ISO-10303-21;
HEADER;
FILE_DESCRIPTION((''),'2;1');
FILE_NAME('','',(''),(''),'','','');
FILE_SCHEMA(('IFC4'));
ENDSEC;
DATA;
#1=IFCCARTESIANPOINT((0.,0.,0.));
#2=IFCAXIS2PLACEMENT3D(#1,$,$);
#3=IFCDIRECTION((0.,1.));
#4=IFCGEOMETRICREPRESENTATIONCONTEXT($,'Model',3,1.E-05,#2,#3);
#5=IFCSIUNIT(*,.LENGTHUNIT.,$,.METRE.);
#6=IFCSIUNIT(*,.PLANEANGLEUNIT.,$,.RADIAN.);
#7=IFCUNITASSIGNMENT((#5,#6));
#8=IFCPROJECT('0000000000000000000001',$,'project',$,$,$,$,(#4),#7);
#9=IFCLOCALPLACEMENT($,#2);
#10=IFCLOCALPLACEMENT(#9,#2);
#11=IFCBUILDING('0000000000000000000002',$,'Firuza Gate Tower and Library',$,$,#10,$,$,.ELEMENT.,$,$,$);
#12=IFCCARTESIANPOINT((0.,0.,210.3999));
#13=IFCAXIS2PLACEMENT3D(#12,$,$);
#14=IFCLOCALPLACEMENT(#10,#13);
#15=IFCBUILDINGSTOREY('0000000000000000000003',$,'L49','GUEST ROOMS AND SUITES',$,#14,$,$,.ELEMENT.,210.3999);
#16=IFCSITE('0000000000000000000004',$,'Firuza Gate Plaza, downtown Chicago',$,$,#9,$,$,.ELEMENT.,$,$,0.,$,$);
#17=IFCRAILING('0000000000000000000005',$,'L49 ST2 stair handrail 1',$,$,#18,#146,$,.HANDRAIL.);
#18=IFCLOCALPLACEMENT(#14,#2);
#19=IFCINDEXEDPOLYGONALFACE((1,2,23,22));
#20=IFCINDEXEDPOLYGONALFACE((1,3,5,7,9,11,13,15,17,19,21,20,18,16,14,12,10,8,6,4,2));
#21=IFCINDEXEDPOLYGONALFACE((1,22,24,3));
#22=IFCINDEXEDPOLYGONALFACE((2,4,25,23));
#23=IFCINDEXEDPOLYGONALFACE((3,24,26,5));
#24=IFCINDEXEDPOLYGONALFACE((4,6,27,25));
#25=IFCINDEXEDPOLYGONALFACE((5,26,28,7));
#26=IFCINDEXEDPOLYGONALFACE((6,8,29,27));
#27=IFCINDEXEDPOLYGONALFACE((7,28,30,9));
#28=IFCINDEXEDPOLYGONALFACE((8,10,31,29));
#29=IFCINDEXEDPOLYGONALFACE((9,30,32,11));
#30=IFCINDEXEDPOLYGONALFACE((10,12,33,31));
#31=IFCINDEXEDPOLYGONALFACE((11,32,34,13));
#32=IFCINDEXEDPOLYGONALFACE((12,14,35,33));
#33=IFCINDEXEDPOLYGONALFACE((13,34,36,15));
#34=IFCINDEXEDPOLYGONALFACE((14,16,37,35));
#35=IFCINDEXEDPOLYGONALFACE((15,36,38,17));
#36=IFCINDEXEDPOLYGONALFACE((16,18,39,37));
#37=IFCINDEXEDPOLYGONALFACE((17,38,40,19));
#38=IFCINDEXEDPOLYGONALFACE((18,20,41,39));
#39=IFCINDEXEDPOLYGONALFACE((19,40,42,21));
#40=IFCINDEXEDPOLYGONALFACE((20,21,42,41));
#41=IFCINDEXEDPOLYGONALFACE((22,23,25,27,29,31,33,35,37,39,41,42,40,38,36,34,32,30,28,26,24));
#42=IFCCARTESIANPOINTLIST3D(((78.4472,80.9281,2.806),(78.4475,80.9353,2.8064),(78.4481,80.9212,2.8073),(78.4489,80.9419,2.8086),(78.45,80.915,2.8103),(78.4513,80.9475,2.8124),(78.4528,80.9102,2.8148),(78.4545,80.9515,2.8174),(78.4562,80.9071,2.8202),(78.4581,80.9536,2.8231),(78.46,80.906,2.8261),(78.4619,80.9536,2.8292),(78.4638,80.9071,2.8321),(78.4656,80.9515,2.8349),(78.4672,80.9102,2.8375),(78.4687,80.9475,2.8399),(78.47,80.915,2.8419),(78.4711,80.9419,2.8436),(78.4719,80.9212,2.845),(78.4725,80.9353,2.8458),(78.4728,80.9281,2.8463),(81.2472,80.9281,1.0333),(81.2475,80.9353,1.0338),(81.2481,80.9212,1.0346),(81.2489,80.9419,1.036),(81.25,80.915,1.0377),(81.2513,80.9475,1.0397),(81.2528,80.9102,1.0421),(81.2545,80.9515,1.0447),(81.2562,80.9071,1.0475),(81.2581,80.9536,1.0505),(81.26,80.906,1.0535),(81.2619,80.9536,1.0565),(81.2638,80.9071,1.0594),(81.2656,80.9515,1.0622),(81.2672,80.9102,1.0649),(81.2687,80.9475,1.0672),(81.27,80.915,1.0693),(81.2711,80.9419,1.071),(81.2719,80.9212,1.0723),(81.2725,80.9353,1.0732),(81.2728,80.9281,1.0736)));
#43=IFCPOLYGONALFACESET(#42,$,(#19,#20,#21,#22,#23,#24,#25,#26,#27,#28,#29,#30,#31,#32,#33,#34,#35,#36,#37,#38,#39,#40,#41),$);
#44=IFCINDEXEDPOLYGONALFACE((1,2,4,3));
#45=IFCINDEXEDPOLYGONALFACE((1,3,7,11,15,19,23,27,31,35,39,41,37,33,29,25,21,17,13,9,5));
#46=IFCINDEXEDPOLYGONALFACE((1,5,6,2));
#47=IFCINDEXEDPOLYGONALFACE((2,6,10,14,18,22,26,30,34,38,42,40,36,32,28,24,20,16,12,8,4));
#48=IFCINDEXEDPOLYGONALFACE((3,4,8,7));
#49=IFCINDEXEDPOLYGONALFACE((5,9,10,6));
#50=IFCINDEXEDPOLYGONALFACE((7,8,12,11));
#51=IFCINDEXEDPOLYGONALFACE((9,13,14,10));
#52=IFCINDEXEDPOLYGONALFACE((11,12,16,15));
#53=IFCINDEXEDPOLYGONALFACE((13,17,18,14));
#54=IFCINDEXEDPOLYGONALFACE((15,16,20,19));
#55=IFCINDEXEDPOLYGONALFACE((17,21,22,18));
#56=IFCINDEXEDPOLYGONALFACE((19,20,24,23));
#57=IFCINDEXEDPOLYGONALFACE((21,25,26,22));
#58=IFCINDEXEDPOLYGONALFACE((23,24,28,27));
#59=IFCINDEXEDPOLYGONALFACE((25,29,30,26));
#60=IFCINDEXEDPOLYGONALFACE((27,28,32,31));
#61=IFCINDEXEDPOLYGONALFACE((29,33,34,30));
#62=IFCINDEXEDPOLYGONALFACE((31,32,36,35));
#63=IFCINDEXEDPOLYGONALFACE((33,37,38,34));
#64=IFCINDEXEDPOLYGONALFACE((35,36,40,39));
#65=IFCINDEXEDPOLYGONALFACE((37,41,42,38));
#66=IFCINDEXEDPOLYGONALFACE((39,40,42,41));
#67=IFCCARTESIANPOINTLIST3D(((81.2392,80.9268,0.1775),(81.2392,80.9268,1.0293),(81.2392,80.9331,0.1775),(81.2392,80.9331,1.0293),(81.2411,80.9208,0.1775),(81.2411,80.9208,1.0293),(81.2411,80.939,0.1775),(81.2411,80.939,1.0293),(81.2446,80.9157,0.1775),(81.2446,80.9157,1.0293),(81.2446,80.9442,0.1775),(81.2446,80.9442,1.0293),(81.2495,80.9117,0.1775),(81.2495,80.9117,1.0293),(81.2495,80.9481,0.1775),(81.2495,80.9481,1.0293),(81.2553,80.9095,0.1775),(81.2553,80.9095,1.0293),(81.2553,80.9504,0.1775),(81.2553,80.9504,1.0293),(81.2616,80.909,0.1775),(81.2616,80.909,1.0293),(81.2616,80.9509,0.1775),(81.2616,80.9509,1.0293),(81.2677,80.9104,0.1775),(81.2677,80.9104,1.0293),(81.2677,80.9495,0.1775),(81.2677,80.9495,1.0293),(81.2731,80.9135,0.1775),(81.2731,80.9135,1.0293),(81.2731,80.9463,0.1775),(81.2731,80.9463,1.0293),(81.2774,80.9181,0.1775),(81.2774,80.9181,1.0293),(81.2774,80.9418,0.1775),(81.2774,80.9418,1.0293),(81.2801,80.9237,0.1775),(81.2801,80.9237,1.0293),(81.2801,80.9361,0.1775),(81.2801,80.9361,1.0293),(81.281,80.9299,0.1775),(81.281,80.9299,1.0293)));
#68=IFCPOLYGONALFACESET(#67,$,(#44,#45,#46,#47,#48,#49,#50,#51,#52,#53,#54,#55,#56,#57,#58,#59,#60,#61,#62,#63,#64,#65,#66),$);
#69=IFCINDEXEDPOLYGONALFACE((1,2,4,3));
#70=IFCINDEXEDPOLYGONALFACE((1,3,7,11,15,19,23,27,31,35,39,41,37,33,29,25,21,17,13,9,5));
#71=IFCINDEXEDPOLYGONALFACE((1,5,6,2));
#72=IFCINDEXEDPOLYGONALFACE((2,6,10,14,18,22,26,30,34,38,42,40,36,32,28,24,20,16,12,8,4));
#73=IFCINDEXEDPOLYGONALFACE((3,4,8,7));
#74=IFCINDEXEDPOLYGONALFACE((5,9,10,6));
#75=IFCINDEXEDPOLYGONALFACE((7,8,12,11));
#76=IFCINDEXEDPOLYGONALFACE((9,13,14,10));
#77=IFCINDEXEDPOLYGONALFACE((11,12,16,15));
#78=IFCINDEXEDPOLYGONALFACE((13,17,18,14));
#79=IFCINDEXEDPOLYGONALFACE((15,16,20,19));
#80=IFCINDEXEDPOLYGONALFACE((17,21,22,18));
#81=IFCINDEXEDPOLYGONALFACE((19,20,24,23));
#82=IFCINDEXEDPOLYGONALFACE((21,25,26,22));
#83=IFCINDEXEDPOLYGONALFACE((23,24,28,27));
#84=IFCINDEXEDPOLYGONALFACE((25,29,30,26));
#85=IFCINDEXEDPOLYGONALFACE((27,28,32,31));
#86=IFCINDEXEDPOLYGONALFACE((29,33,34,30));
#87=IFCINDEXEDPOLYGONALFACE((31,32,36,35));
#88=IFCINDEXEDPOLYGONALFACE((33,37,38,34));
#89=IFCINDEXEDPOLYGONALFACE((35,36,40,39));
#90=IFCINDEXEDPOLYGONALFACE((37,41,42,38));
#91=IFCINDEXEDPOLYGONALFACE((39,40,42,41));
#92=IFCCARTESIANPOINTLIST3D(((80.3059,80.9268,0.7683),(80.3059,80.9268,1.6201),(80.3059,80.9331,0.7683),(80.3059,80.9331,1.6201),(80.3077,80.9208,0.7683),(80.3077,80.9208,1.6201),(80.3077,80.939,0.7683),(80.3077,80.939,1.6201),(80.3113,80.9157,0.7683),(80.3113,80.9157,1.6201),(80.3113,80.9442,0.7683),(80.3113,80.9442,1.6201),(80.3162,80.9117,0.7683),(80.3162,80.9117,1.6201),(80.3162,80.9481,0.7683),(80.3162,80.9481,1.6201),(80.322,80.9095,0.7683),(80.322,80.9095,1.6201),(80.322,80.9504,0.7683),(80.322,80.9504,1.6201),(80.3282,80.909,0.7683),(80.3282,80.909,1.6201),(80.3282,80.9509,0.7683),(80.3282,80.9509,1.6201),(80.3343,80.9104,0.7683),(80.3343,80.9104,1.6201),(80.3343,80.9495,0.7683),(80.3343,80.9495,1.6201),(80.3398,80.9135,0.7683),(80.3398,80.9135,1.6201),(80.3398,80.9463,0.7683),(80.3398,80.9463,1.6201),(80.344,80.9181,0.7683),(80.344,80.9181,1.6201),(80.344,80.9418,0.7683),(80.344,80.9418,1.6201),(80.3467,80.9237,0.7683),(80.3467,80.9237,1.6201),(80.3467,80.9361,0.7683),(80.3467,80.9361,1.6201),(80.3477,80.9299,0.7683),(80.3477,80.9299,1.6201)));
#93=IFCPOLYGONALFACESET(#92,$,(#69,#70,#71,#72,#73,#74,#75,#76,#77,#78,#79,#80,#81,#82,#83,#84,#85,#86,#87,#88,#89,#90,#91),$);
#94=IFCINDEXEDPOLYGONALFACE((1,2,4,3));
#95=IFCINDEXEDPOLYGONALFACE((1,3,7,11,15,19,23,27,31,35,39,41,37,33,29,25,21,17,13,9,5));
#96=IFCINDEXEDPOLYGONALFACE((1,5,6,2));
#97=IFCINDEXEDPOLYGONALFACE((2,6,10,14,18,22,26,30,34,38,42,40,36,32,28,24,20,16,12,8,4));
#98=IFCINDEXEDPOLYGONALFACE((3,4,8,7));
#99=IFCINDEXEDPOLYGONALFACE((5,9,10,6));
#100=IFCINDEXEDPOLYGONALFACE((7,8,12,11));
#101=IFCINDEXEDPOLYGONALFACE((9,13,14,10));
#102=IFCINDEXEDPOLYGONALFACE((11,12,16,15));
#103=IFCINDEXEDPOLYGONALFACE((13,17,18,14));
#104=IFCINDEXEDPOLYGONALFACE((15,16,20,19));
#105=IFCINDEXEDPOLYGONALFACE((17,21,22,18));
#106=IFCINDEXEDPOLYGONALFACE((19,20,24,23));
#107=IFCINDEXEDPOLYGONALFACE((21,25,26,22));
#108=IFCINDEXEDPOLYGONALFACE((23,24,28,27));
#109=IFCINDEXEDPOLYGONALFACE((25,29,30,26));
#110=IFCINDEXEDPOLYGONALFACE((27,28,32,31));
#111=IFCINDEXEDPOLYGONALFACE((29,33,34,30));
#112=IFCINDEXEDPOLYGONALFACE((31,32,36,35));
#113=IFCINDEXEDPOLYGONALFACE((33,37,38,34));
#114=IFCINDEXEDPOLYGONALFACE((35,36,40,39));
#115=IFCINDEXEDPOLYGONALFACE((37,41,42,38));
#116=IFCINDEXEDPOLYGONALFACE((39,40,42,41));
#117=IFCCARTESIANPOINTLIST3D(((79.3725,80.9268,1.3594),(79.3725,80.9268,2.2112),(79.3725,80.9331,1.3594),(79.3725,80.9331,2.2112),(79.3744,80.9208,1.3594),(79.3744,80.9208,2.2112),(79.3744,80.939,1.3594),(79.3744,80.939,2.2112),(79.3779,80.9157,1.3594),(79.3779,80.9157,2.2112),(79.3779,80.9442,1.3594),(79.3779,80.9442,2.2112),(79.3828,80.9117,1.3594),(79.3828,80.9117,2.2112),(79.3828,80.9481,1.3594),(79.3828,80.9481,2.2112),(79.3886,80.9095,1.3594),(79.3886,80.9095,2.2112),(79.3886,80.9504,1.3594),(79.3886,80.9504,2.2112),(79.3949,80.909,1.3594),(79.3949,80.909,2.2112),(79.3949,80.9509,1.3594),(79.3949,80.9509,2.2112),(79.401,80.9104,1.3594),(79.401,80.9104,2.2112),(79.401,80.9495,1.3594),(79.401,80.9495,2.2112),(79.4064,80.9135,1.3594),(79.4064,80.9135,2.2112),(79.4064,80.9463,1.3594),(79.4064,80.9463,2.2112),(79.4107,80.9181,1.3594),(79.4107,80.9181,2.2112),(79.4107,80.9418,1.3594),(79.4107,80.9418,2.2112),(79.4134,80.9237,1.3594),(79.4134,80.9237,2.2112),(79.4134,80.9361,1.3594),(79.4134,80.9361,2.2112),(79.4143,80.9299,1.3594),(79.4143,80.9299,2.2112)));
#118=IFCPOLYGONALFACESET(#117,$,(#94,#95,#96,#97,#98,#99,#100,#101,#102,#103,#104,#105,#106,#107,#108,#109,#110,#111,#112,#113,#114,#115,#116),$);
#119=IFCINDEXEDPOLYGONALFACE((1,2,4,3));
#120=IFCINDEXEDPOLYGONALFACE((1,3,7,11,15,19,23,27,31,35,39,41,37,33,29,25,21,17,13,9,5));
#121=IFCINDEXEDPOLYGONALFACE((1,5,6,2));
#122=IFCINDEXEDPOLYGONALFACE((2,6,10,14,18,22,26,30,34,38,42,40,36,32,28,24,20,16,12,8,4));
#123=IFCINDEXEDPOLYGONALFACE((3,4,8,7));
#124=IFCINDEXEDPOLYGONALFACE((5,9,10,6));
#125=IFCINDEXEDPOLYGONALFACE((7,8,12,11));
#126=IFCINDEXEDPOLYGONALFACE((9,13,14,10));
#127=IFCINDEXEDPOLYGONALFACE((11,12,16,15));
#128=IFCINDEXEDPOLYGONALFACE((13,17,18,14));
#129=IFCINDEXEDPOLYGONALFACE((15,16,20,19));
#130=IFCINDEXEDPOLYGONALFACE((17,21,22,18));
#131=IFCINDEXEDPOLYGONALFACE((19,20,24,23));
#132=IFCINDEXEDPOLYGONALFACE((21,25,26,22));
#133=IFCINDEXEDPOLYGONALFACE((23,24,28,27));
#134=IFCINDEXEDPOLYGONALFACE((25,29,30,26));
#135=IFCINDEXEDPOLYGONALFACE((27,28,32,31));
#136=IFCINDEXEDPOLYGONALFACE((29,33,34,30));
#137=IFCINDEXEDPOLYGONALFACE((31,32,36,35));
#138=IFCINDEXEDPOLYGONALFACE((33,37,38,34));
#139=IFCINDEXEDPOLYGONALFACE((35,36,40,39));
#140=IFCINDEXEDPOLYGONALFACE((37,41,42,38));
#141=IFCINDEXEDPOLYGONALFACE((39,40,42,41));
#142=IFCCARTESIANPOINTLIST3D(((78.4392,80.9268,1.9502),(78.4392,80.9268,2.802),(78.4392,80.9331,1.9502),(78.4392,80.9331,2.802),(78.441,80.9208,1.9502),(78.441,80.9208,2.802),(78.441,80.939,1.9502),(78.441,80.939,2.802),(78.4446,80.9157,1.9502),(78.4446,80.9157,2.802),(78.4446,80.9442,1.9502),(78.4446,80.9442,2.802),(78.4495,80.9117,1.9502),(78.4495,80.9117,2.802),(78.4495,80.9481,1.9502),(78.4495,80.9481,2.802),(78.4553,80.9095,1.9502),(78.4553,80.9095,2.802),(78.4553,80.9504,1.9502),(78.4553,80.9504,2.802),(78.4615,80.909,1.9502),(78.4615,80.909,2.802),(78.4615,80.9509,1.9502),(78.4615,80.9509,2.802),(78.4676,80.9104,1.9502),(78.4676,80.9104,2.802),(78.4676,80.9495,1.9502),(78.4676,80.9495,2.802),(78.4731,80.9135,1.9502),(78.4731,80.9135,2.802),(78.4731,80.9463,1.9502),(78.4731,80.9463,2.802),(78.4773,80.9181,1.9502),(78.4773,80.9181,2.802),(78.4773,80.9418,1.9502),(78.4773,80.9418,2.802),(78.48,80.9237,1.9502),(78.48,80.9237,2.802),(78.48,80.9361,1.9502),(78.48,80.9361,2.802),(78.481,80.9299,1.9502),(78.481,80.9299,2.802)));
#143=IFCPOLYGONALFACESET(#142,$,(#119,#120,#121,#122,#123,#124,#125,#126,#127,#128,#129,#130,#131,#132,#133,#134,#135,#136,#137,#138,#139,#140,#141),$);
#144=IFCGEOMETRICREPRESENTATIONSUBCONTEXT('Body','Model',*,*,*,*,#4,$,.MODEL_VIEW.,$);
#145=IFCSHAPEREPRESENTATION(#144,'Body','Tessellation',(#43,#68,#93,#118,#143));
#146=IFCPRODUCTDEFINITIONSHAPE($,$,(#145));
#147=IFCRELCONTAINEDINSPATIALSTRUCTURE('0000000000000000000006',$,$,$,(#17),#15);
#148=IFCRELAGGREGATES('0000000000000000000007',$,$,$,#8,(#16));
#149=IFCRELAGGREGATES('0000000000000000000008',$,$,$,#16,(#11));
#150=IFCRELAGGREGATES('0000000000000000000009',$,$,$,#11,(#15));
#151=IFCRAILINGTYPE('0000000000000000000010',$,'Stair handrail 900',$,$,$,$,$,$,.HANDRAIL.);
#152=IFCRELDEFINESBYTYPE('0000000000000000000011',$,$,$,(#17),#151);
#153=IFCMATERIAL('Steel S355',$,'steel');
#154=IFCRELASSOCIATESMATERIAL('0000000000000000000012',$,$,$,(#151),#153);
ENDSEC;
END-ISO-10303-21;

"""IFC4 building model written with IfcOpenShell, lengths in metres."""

from ifc_helpers import new_model, si_unit, direction, frame, origin, origin_2d, place, context, subcontext, project, spatial, circle, extrude, material, type_object, element, save


model = new_model("IFC4")

# Units and contexts
model_context = context("Model", 3, precision=1e-05, world=origin(), true_north=direction((0.0, 1.0)))
body_context = subcontext(model_context, "Body", "Model", "MODEL_VIEW")
ifc_project = project(units=[si_unit("LENGTHUNIT", "METRE"), si_unit("PLANEANGLEUNIT", "RADIAN")], contexts=[model_context])

# Site, building, storey
site_placement = place(None, origin())
site = spatial("IfcSite", under=ifc_project, at=site_placement, Name="Firuza Gate Plaza, downtown Chicago", CompositionType="ELEMENT", RefElevation=0.0)
building_placement = place(site_placement, origin())
building = spatial("IfcBuilding", under=site, at=building_placement, Name="Firuza Gate Tower and Library", CompositionType="ELEMENT")
storey_placement = place(building_placement, frame((0.0, 0.0, 210.3999)))
storey = spatial("IfcBuildingStorey", under=building, at=storey_placement, Name="L49", Description="GUEST ROOMS AND SUITES", CompositionType="ELEMENT", Elevation=210.3999)

# Railing
ifc_material_1 = material(Name="Steel S355", Category="steel")
railing_type_1 = type_object("IfcRailingType", Name="Stair handrail 900", PredefinedType="HANDRAIL", material=ifc_material_1)
railing_1_placement = place(storey_placement, frame((81.26, 80.9299, 0.1775)))
element("IfcRailing", 1, at=railing_1_placement, inside=storey, type_object=railing_type_1, Name="L49 ST2 stair handrail 1", PredefinedType="HANDRAIL", context=body_context, shape_type="SweptSolid", body=[
    extrude(circle(Radius=0.0239, at=origin_2d()), frame((0.0, 0.0, 0.876), z_axis=(-0.844909, 0.0, 0.53491), x_axis=(0.0, -1.0, 0.0)), (0.0, 0.0, 1.0), 3.314),
    extrude(circle(Radius=0.021, at=origin_2d()), origin(), (0.0, 0.0, 1.0), 0.8518),
    extrude(circle(Radius=0.021, at=origin_2d()), frame((-0.9333, 0.0, 0.5908)), (0.0, 0.0, 1.0), 0.8518),
    extrude(circle(Radius=0.021, at=origin_2d()), frame((-1.8667, 0.0, 1.1819)), (0.0, 0.0, 1.0), 0.8518),
    extrude(circle(Radius=0.021, at=origin_2d()), frame((-2.8, 0.0, 1.7727)), (0.0, 0.0, 1.0), 0.8518),
])

save(model, "model.ifc")
